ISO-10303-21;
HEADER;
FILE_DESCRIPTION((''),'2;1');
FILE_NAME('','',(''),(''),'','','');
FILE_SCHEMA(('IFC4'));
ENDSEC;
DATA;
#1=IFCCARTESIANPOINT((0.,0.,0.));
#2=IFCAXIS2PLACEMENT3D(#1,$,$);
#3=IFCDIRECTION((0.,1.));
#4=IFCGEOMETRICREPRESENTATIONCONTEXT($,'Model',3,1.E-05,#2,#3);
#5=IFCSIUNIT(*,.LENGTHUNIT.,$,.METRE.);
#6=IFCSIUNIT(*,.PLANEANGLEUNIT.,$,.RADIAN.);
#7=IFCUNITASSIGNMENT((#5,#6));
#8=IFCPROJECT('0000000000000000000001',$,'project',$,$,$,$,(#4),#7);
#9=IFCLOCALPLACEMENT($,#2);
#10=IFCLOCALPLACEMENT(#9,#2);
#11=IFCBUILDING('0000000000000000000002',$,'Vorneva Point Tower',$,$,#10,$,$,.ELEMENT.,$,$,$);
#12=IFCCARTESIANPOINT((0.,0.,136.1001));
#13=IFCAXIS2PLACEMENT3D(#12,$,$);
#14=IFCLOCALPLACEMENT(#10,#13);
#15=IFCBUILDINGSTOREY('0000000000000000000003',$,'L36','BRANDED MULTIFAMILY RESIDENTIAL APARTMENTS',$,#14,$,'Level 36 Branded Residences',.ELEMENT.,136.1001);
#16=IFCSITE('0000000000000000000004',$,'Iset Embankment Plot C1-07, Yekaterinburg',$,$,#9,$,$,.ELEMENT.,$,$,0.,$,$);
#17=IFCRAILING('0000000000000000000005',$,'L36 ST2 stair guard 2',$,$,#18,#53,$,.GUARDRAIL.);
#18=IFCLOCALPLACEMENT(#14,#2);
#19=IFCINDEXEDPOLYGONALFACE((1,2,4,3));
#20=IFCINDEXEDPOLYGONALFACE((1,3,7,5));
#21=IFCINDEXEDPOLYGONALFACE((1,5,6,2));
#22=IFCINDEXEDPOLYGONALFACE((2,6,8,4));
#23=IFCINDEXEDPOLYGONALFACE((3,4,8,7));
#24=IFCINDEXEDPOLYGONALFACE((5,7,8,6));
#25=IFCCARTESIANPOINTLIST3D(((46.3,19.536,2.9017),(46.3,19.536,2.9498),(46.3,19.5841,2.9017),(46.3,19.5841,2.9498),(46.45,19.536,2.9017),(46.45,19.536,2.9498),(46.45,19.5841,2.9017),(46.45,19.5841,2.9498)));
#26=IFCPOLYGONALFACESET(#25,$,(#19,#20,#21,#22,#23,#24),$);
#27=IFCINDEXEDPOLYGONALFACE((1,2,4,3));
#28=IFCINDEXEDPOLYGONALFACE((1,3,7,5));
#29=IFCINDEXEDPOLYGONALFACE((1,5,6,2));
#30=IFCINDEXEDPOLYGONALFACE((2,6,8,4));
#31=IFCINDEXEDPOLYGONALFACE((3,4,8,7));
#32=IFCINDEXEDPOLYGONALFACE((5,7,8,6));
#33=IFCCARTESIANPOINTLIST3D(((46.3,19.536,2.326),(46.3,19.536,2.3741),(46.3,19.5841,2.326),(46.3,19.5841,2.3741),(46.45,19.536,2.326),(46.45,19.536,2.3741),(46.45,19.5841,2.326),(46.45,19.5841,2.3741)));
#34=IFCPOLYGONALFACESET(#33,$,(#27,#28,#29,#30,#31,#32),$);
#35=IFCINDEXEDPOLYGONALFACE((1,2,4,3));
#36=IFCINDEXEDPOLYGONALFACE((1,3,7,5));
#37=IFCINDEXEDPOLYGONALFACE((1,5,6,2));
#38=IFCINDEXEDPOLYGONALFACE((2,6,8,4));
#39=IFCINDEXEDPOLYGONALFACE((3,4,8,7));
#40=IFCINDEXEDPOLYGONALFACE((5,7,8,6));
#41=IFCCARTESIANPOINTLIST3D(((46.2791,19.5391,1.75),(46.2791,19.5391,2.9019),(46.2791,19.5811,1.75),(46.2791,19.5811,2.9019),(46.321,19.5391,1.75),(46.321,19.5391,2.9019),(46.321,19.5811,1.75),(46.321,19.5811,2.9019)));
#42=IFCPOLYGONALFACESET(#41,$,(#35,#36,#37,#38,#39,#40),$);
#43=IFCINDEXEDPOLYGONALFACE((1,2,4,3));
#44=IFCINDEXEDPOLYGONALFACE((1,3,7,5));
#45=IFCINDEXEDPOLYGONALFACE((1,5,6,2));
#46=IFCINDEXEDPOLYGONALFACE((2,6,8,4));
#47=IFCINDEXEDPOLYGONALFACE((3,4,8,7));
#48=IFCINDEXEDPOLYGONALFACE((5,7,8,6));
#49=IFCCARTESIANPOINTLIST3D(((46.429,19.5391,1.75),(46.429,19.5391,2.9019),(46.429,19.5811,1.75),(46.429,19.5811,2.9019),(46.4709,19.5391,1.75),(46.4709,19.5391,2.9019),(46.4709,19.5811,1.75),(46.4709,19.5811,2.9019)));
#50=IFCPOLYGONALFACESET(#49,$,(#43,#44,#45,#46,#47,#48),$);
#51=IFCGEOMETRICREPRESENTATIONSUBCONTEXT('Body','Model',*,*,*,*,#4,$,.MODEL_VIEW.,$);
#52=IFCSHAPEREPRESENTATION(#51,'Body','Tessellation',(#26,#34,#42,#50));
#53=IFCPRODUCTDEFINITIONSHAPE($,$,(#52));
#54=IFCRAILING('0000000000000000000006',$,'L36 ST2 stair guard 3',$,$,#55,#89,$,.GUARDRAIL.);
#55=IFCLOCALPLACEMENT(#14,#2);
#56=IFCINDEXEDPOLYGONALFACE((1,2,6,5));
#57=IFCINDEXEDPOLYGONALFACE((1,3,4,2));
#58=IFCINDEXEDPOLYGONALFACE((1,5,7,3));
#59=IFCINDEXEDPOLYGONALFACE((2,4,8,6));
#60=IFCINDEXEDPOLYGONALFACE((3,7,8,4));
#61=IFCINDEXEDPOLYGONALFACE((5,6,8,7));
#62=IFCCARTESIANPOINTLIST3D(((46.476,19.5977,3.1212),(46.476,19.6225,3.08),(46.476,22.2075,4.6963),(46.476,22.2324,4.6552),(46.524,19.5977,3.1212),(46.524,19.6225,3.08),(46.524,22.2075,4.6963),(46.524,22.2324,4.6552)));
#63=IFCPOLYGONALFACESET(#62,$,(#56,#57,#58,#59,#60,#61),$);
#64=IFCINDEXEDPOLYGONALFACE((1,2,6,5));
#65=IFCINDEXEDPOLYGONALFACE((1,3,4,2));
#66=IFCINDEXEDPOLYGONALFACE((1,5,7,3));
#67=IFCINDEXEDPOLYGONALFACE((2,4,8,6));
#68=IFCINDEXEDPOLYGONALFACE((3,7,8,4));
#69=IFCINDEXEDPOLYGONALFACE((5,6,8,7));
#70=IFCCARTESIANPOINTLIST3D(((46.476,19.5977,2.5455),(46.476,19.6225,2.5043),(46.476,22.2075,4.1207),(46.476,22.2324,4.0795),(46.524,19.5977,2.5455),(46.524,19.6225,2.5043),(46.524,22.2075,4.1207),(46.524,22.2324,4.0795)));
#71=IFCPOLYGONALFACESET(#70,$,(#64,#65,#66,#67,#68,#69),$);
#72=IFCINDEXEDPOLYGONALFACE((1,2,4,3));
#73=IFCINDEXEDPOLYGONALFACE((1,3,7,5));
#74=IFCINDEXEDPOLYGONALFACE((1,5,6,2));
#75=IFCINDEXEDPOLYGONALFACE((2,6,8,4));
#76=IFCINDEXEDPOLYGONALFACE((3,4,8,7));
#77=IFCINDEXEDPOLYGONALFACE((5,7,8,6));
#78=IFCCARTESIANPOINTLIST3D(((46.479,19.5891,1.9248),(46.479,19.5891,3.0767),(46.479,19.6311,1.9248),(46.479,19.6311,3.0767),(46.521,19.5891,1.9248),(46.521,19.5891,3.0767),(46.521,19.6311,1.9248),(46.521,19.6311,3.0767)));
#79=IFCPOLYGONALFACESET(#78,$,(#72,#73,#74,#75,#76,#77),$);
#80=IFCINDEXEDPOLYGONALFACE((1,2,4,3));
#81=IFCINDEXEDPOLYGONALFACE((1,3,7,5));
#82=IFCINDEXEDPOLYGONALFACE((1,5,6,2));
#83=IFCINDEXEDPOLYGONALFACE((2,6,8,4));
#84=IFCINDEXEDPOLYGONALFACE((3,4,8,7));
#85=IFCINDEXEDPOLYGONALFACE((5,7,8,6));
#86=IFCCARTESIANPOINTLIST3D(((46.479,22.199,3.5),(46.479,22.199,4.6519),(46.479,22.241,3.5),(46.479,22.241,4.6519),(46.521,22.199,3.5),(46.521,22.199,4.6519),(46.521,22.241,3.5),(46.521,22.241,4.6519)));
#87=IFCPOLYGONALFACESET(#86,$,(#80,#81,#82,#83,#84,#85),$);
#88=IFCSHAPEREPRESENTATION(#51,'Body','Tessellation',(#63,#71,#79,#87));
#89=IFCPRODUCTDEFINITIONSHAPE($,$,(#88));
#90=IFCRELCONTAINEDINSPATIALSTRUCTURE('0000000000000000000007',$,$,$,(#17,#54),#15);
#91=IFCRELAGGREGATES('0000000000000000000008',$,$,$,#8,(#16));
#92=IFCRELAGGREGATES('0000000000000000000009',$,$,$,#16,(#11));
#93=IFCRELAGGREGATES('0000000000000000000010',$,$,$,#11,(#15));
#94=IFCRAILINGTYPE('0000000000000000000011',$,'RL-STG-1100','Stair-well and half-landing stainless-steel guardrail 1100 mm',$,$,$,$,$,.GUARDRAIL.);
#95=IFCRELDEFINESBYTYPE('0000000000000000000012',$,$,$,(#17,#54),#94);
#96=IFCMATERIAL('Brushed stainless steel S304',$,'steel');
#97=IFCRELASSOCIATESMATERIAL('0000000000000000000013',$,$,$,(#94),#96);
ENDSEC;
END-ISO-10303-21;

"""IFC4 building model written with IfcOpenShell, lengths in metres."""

from ifc_helpers import new_model, si_unit, direction, frame, origin, origin_2d, place, context, subcontext, project, spatial, rectangle, extrude, material, type_object, element, save


model = new_model("IFC4")

# Units and contexts
model_context = context("Model", 3, precision=1e-05, world=origin(), true_north=direction((0.0, 1.0)))
body_context = subcontext(model_context, "Body", "Model", "MODEL_VIEW")
ifc_project = project(units=[si_unit("LENGTHUNIT", "METRE"), si_unit("PLANEANGLEUNIT", "RADIAN")], contexts=[model_context])

# Site, building, storey
site_placement = place(None, origin())
site = spatial("IfcSite", under=ifc_project, at=site_placement, Name="Iset Embankment Plot C1-07, Yekaterinburg", CompositionType="ELEMENT", RefElevation=0.0)
building_placement = place(site_placement, origin())
building = spatial("IfcBuilding", under=site, at=building_placement, Name="Vorneva Point Tower", CompositionType="ELEMENT")
storey_placement = place(building_placement, frame((0.0, 0.0, 136.1001)))
storey = spatial("IfcBuildingStorey", under=building, at=storey_placement, Name="L36", Description="BRANDED MULTIFAMILY RESIDENTIAL APARTMENTS", LongName="Level 36 Branded Residences", CompositionType="ELEMENT", Elevation=136.1001)

# Railings
ifc_material_1 = material(Name="Brushed stainless steel S304", Category="steel")
railing_type = type_object("IfcRailingType", Name="RL-STG-1100", Description="Stair-well and half-landing stainless-steel guardrail 1100 mm", PredefinedType="GUARDRAIL", material=ifc_material_1)
railing_1_placement = place(storey_placement, frame((46.3, 19.5601, 1.75)))
element("IfcRailing", 1, at=railing_1_placement, inside=storey, type_object=railing_type, Name="L36 ST2 stair guard 2", PredefinedType="GUARDRAIL", context=body_context, shape_type="SweptSolid", body=[
    extrude(rectangle(XDim=0.0481, YDim=0.0481, at=origin_2d()), frame((0.0, 0.0, 1.1758), z_axis=(1.0, 0.0, 0.0), x_axis=(0.0, 1.0, 0.0)), (0.0, 0.0, 1.0), 0.1499),
    extrude(rectangle(XDim=0.0481, YDim=0.0481, at=origin_2d()), frame((0.0, 0.0, 0.6001), z_axis=(1.0, 0.0, 0.0), x_axis=(0.0, 1.0, 0.0)), (0.0, 0.0, 1.0), 0.1499),
    extrude(rectangle(XDim=0.042, YDim=0.042, at=origin_2d()), origin(), (0.0, 0.0, 1.0), 1.1519),
    extrude(rectangle(XDim=0.042, YDim=0.042, at=origin_2d()), frame((0.1499, 0.0, 0.0)), (0.0, 0.0, 1.0), 1.1519),
])
railing_2_placement = place(storey_placement, frame((46.5, 19.6101, 1.9248)))
element("IfcRailing", 2, at=railing_2_placement, inside=storey, type_object=railing_type, Name="L36 ST2 stair guard 3", PredefinedType="GUARDRAIL", context=body_context, shape_type="SweptSolid", body=[
    extrude(rectangle(XDim=0.0481, YDim=0.0481, at=origin_2d()), frame((0.0, 0.0, 1.1758), z_axis=(0.0, 0.856147, 0.516732), x_axis=(-1.0, 0.0, 0.0)), (0.0, 0.0, 1.0), 3.0483),
    extrude(rectangle(XDim=0.0481, YDim=0.0481, at=origin_2d()), frame((0.0, 0.0, 0.6001), z_axis=(0.0, 0.856147, 0.516732), x_axis=(-1.0, 0.0, 0.0)), (0.0, 0.0, 1.0), 3.0483),
    extrude(rectangle(XDim=0.042, YDim=0.042, at=origin_2d()), origin(), (0.0, 0.0, 1.0), 1.1519),
    extrude(rectangle(XDim=0.042, YDim=0.042, at=origin_2d()), frame((0.0, 2.6099, 1.5752)), (0.0, 0.0, 1.0), 1.1519),
])

save(model, "model.ifc")
